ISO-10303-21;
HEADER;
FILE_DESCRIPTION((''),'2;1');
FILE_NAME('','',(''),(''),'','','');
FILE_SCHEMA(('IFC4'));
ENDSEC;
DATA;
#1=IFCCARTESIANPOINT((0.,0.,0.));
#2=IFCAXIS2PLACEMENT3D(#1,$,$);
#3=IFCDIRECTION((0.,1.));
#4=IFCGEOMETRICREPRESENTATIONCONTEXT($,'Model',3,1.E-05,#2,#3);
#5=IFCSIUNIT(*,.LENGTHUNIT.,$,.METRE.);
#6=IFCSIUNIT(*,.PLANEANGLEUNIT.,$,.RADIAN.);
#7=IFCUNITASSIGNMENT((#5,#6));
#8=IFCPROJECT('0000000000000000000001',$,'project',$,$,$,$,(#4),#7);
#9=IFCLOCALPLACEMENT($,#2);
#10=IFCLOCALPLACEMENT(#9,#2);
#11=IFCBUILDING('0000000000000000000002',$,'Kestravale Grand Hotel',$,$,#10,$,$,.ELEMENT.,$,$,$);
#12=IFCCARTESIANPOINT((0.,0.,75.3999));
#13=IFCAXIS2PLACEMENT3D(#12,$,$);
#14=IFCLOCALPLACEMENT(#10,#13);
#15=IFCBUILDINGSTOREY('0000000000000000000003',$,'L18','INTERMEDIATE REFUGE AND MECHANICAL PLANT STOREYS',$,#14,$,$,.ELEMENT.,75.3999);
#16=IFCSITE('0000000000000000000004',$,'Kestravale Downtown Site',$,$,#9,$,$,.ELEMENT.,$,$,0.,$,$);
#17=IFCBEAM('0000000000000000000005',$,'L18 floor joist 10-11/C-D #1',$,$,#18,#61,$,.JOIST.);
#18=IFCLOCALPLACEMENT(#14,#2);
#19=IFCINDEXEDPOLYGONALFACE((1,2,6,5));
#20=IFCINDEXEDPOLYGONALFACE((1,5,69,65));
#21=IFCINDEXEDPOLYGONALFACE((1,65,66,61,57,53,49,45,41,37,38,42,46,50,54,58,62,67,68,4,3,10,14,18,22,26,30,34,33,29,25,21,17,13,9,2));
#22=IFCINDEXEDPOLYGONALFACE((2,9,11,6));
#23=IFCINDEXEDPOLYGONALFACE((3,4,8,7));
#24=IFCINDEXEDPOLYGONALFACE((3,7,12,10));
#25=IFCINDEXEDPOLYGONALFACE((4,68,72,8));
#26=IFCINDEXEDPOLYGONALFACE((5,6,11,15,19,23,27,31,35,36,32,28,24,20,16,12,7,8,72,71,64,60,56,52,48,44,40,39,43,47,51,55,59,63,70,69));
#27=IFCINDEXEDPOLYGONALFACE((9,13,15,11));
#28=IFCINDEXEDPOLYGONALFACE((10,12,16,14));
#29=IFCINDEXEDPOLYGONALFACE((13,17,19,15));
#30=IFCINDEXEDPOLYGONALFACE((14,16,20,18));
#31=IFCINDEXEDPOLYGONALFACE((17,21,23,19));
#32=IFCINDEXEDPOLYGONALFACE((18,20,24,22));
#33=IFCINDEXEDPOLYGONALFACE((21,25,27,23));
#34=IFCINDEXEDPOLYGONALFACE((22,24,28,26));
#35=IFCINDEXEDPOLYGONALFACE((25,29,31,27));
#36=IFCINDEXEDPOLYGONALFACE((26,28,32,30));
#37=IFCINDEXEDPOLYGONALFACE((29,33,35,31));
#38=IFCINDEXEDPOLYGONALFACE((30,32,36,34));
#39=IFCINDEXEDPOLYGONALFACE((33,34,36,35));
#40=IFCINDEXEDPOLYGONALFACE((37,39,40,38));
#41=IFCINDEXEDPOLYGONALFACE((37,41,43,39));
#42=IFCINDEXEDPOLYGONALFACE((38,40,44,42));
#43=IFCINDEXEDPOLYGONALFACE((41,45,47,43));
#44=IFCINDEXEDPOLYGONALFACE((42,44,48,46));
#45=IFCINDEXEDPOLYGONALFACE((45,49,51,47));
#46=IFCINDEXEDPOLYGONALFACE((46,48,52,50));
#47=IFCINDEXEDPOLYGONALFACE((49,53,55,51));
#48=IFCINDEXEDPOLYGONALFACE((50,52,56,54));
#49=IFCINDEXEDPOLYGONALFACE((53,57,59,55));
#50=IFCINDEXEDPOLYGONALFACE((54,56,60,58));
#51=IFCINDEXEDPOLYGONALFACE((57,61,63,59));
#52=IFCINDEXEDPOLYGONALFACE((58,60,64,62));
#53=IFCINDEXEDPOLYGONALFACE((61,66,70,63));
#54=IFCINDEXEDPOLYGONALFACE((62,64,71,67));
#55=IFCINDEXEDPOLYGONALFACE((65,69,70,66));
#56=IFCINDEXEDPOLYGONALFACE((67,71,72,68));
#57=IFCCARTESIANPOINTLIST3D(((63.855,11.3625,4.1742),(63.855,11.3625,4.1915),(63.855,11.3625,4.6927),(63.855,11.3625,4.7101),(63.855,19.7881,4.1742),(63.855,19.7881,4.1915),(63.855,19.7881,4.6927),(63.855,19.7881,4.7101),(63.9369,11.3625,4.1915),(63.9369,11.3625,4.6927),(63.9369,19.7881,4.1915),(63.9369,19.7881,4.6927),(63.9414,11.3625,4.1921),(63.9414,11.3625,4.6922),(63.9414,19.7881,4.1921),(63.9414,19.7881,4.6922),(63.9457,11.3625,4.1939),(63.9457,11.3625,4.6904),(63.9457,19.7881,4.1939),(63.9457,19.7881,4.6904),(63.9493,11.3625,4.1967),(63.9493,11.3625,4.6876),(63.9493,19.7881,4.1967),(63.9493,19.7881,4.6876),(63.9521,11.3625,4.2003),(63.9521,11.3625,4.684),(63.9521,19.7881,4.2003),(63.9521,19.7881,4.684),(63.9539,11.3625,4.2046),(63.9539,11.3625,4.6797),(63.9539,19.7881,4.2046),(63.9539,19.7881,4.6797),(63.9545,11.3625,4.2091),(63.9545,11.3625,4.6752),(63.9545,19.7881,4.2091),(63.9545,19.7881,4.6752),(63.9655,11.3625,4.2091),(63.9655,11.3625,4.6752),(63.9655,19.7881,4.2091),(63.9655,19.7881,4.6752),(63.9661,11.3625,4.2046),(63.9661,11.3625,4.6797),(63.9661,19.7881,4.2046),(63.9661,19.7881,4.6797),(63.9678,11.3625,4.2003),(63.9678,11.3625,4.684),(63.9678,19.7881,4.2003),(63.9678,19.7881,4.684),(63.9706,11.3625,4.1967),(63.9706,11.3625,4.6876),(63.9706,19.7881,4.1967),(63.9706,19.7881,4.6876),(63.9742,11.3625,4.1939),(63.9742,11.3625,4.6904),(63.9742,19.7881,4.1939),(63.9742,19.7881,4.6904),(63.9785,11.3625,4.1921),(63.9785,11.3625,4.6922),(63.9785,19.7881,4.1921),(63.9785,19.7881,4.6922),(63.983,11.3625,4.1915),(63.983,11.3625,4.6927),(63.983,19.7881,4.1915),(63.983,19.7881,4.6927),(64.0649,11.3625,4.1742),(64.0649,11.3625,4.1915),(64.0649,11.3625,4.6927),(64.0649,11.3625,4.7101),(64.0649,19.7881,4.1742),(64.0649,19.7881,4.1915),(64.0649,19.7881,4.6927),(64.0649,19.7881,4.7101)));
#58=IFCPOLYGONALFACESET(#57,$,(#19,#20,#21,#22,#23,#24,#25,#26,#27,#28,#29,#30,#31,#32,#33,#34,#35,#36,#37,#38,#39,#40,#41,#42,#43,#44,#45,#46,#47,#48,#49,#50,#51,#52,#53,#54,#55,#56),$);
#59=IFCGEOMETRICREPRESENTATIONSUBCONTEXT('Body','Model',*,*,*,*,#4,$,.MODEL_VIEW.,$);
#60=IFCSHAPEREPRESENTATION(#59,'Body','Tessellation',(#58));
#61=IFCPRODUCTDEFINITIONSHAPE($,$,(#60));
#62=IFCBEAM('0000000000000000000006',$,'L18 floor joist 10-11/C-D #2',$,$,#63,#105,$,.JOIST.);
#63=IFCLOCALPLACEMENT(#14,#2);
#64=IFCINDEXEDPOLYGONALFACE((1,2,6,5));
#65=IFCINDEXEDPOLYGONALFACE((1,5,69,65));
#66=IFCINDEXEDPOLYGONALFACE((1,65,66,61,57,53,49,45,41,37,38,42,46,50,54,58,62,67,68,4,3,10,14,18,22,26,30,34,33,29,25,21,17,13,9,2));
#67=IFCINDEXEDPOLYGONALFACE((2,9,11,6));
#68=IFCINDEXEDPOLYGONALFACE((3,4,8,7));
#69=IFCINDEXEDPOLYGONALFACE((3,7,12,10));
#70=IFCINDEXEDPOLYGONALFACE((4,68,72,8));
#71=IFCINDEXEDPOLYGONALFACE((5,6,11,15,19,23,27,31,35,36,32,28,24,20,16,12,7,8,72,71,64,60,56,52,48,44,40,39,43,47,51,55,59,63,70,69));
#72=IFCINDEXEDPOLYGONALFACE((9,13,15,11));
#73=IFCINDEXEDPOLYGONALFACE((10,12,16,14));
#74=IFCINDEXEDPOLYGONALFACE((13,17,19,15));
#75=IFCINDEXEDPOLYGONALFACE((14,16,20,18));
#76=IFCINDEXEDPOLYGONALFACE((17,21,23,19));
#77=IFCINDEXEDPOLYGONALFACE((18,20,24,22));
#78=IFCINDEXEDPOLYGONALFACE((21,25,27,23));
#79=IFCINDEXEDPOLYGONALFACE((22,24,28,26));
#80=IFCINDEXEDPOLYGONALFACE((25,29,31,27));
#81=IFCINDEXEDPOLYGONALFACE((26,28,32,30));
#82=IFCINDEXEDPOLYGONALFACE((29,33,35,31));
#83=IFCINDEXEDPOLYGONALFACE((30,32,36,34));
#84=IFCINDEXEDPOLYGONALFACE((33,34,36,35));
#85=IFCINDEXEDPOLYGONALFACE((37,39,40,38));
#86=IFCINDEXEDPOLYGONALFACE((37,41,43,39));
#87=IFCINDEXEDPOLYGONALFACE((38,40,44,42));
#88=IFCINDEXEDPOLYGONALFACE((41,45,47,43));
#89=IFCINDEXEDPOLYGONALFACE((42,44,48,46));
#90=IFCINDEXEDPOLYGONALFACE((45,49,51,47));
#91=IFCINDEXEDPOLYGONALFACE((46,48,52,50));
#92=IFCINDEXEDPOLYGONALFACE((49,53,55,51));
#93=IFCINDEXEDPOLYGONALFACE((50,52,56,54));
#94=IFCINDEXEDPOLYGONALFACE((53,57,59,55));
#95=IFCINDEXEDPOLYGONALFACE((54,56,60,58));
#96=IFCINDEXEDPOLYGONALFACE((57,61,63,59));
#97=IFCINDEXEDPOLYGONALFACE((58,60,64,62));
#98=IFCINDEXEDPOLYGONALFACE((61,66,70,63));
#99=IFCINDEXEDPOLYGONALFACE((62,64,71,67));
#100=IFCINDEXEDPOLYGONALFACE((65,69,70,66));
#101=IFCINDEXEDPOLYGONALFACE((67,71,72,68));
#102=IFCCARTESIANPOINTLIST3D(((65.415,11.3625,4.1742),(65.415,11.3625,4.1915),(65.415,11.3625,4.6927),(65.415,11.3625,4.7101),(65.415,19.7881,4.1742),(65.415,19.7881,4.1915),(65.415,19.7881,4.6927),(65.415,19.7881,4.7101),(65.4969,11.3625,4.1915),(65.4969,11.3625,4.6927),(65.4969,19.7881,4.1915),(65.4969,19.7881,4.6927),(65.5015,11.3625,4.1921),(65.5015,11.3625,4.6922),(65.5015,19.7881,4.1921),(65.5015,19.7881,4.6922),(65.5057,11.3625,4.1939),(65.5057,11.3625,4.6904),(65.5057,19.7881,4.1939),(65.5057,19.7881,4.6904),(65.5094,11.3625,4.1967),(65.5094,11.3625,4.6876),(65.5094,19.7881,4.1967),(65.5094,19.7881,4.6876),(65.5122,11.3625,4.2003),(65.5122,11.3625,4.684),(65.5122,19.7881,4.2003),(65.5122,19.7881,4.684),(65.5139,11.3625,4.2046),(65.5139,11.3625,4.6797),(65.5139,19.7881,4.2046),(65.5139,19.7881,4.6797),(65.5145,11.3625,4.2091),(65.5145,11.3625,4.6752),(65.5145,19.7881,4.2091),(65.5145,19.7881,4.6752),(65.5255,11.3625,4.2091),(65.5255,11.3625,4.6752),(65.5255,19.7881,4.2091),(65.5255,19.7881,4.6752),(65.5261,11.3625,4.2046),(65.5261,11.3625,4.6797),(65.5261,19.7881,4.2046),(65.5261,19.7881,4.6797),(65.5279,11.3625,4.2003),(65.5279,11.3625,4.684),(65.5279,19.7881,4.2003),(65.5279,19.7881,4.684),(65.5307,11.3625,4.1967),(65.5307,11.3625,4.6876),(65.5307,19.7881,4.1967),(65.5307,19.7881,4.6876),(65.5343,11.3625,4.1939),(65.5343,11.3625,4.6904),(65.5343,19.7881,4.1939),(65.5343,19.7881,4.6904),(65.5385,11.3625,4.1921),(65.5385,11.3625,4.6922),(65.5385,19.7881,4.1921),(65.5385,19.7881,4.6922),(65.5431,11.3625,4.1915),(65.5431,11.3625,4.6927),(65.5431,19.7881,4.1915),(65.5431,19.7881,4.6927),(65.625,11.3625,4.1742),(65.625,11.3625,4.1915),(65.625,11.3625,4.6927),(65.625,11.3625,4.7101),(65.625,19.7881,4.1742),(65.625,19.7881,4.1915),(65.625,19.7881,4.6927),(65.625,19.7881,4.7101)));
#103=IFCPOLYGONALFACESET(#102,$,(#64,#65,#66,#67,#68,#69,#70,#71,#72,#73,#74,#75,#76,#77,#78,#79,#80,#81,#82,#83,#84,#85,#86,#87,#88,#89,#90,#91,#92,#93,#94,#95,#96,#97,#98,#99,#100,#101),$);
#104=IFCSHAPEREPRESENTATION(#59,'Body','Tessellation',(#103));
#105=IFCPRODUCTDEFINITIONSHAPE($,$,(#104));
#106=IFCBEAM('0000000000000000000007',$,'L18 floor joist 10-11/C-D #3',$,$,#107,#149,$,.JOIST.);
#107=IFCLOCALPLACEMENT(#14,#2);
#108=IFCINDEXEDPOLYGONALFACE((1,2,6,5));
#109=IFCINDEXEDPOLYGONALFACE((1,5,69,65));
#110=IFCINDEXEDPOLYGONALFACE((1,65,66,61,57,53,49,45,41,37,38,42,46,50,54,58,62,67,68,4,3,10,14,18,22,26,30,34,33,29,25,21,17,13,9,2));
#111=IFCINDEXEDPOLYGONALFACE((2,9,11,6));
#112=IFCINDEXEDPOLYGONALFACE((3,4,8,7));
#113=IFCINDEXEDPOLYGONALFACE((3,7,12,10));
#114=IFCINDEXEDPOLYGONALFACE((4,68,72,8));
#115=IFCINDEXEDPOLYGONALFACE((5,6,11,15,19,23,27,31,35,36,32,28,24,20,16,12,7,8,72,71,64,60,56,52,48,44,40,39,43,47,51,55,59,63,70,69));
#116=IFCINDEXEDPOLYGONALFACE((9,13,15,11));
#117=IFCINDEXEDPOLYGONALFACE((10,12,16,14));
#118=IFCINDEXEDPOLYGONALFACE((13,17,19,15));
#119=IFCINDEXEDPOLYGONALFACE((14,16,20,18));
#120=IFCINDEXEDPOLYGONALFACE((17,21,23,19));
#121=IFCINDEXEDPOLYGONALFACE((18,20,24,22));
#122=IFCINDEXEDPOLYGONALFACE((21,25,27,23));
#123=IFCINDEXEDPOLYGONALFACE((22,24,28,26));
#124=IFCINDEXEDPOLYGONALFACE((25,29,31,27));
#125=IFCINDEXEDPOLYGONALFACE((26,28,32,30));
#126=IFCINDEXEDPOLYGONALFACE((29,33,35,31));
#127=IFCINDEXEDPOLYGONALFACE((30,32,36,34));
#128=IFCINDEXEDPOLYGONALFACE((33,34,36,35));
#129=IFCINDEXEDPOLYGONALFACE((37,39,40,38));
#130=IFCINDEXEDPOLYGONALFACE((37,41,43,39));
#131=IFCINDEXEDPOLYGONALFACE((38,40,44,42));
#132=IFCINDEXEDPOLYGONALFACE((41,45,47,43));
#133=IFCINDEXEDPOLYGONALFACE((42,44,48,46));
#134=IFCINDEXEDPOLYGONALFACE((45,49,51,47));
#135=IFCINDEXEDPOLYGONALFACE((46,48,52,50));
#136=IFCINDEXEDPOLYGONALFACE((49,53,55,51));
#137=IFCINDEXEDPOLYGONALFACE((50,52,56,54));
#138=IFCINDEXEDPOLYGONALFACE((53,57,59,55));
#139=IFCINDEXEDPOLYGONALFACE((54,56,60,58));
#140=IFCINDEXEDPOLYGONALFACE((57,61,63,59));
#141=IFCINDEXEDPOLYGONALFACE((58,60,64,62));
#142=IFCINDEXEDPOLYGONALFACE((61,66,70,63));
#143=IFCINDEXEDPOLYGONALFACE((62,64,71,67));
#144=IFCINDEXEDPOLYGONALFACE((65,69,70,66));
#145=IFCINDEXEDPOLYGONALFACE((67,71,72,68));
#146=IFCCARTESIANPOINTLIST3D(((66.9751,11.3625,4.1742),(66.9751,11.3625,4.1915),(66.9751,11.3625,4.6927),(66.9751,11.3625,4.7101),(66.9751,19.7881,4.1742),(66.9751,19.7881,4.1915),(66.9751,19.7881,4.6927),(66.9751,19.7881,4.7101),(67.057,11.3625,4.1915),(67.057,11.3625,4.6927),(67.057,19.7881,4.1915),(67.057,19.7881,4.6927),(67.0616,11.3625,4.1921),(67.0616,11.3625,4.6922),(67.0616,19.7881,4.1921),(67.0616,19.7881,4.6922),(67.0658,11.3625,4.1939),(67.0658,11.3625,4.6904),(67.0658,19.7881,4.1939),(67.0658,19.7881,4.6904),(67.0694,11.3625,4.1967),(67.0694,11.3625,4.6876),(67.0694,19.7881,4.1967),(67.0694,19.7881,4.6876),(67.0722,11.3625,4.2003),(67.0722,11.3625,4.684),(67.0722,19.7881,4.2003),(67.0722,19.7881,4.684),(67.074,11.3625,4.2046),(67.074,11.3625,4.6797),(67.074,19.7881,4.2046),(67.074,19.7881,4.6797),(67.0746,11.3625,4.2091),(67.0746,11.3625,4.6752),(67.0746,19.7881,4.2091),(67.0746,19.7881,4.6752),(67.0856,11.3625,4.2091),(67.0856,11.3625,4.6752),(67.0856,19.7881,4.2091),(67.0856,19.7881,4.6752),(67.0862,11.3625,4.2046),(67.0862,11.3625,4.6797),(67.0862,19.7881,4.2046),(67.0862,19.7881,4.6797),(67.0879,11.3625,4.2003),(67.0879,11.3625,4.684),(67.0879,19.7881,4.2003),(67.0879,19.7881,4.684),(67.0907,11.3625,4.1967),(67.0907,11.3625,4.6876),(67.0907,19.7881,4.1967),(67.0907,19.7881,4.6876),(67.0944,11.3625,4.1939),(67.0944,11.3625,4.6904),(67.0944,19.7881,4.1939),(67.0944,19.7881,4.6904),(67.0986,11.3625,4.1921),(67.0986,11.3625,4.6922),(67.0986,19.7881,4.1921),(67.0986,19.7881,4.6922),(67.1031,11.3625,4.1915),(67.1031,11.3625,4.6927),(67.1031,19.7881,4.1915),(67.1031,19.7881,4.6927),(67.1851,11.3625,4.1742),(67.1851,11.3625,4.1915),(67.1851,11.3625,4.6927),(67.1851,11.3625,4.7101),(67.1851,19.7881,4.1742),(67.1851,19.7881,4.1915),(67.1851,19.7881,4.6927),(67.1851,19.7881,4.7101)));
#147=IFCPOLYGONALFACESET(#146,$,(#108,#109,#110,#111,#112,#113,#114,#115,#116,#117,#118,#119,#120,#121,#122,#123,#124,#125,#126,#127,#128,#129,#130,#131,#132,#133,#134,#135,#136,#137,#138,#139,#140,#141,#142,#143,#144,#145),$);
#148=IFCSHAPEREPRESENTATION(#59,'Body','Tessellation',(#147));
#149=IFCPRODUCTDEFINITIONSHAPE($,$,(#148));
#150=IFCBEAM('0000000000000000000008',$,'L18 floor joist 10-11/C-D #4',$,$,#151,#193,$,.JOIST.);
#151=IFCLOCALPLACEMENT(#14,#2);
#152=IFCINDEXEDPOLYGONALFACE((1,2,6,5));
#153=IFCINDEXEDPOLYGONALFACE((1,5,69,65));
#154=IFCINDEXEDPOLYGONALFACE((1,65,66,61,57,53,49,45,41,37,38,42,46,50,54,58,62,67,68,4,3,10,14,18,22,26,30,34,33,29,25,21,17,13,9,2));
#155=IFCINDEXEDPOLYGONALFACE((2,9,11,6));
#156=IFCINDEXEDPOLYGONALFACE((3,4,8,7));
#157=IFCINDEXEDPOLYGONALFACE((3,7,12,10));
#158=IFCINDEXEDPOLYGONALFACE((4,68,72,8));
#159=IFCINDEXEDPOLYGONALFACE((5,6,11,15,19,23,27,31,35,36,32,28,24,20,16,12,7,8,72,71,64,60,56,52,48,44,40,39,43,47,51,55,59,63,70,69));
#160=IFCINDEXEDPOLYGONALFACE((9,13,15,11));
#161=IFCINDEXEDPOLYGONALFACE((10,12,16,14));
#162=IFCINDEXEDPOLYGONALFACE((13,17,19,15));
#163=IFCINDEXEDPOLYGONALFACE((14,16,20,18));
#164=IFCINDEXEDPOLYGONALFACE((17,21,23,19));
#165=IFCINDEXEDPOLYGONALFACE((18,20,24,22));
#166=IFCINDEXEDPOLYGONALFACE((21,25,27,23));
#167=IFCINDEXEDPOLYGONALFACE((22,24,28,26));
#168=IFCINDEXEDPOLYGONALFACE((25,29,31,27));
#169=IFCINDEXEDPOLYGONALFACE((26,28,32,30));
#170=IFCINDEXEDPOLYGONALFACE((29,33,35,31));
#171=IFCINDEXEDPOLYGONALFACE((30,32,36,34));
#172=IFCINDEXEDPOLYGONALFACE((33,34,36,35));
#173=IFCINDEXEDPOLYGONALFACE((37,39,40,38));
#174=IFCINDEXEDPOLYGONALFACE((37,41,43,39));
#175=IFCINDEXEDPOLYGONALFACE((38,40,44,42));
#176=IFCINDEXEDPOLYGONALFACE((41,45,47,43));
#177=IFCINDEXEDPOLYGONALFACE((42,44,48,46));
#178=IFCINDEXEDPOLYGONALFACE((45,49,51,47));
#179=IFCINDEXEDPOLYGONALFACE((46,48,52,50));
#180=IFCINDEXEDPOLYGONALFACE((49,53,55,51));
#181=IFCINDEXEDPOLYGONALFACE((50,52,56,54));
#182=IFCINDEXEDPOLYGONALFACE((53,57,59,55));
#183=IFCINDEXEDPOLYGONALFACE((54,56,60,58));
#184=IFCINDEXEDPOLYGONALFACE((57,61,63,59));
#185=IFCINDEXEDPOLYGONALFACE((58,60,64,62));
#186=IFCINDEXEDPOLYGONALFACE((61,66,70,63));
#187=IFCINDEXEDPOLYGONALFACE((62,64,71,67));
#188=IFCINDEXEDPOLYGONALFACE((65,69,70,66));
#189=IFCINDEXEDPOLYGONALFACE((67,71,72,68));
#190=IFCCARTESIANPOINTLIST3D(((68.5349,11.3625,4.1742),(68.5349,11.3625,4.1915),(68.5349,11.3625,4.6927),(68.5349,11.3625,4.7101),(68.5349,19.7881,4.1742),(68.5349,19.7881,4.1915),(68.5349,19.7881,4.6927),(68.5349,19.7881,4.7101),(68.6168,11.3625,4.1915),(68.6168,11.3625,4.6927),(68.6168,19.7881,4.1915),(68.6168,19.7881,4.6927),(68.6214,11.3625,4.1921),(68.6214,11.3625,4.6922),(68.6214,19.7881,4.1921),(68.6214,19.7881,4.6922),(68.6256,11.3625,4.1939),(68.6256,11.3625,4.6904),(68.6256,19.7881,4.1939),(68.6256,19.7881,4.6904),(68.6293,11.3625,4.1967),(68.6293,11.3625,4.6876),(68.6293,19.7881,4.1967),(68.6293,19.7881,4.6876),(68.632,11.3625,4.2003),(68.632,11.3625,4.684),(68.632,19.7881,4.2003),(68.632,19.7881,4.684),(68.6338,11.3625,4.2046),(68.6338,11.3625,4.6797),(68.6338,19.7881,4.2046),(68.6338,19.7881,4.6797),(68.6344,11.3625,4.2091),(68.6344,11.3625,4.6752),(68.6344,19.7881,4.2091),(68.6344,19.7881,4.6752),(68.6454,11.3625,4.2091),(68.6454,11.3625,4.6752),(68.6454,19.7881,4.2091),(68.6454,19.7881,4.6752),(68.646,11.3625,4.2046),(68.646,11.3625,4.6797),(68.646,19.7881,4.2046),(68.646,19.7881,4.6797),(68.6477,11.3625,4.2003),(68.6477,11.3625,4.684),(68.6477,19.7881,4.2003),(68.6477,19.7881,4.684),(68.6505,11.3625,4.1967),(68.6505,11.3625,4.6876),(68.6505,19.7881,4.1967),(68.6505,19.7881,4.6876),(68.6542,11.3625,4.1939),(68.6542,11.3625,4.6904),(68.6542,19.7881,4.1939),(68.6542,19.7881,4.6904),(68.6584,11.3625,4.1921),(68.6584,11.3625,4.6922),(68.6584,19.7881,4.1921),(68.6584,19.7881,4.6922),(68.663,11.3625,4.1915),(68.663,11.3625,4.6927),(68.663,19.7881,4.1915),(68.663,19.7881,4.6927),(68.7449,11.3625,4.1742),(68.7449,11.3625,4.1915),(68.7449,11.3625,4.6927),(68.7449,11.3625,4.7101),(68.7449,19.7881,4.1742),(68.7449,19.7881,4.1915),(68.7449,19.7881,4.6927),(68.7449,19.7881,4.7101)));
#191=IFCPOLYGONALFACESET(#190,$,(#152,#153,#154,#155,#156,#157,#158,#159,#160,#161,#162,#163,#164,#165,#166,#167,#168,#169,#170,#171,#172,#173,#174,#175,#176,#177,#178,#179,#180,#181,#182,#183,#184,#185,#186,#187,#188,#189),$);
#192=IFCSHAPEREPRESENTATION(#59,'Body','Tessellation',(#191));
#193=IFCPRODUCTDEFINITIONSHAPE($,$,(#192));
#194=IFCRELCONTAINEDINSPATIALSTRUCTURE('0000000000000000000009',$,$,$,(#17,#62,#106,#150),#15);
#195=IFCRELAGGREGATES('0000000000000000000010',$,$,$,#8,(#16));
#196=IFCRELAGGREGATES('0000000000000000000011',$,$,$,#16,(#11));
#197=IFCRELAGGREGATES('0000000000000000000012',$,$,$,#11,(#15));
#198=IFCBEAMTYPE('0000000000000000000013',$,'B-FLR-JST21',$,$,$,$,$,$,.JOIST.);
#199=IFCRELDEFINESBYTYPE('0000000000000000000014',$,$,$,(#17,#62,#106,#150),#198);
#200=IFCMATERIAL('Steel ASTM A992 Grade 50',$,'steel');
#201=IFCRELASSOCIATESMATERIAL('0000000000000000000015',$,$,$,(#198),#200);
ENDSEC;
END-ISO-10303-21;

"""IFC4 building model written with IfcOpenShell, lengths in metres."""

from ifc_helpers import new_model, si_unit, direction, frame, origin, origin_2d, place, context, subcontext, project, spatial, i_section, extrude, material, material_profile, profile_set, type_object, element, save


model = new_model("IFC4")

# Units and contexts
model_context = context("Model", 3, precision=1e-05, world=origin(), true_north=direction((0.0, 1.0)))
body_context = subcontext(model_context, "Body", "Model", "MODEL_VIEW")
ifc_project = project(units=[si_unit("LENGTHUNIT", "METRE"), si_unit("PLANEANGLEUNIT", "RADIAN")], contexts=[model_context])

# Site, building, storey
site_placement = place(None, origin())
site = spatial("IfcSite", under=ifc_project, at=site_placement, Name="Kestravale Downtown Site", CompositionType="ELEMENT", RefElevation=0.0)
building_placement = place(site_placement, origin())
building = spatial("IfcBuilding", under=site, at=building_placement, Name="Kestravale Grand Hotel", CompositionType="ELEMENT")
storey_placement = place(building_placement, frame((0.0, 0.0, 75.3999)))
storey = spatial("IfcBuildingStorey", under=building, at=storey_placement, Name="L18", Description="INTERMEDIATE REFUGE AND MECHANICAL PLANT STOREYS", CompositionType="ELEMENT", Elevation=75.3999)

# Beams
ifc_material_1 = material(Name="Steel ASTM A992 Grade 50", Category="steel")
ifc_material_profile_1 = material_profile(ifc_material_1, i_section(OverallWidth=0.21, OverallDepth=0.5359, WebThickness=0.011, FlangeThickness=0.0173, FilletRadius=0.0176, at=origin_2d()))
ifc_profile_set_1 = profile_set([ifc_material_profile_1], Name="Steel ASTM A992 Grade 50")
beam_type_1 = type_object("IfcBeamType", Name="B-FLR-JST21", PredefinedType="JOIST", material=ifc_profile_set_1)
for number, where, z_axis, x_axis, name in (
    (1, (63.96, 11.3625, 4.4421), (0.0, 1.0, 0.0), (-1.0, 0.0, 0.0), "L18 floor joist 10-11/C-D #1"),
    (2, (65.52, 11.3625, 4.4421), (0.0, 1.0, 0.0), (-1.0, 0.0, 0.0), "L18 floor joist 10-11/C-D #2"),
    (3, (67.0801, 11.3625, 4.4421), (0.0, 1.0, 0.0), (-1.0, 0.0, 0.0), "L18 floor joist 10-11/C-D #3"),
    (4, (68.6399, 11.3625, 4.4421), (0.0, 1.0, 0.0), (-1.0, 0.0, 0.0), "L18 floor joist 10-11/C-D #4"),
):
    element("IfcBeam", number, at=place(storey_placement, frame(where, z_axis=z_axis, x_axis=x_axis)), inside=storey, type_object=beam_type_1, Name=name, PredefinedType="JOIST", context=body_context, shape_type="SweptSolid", body=[
        extrude(i_section(OverallWidth=0.21, OverallDepth=0.5359, WebThickness=0.011, FlangeThickness=0.0173, FilletRadius=0.0176, at=origin_2d()), origin(), (0.0, 0.0, 1.0), 8.4255),
    ])

save(model, "model.ifc")
